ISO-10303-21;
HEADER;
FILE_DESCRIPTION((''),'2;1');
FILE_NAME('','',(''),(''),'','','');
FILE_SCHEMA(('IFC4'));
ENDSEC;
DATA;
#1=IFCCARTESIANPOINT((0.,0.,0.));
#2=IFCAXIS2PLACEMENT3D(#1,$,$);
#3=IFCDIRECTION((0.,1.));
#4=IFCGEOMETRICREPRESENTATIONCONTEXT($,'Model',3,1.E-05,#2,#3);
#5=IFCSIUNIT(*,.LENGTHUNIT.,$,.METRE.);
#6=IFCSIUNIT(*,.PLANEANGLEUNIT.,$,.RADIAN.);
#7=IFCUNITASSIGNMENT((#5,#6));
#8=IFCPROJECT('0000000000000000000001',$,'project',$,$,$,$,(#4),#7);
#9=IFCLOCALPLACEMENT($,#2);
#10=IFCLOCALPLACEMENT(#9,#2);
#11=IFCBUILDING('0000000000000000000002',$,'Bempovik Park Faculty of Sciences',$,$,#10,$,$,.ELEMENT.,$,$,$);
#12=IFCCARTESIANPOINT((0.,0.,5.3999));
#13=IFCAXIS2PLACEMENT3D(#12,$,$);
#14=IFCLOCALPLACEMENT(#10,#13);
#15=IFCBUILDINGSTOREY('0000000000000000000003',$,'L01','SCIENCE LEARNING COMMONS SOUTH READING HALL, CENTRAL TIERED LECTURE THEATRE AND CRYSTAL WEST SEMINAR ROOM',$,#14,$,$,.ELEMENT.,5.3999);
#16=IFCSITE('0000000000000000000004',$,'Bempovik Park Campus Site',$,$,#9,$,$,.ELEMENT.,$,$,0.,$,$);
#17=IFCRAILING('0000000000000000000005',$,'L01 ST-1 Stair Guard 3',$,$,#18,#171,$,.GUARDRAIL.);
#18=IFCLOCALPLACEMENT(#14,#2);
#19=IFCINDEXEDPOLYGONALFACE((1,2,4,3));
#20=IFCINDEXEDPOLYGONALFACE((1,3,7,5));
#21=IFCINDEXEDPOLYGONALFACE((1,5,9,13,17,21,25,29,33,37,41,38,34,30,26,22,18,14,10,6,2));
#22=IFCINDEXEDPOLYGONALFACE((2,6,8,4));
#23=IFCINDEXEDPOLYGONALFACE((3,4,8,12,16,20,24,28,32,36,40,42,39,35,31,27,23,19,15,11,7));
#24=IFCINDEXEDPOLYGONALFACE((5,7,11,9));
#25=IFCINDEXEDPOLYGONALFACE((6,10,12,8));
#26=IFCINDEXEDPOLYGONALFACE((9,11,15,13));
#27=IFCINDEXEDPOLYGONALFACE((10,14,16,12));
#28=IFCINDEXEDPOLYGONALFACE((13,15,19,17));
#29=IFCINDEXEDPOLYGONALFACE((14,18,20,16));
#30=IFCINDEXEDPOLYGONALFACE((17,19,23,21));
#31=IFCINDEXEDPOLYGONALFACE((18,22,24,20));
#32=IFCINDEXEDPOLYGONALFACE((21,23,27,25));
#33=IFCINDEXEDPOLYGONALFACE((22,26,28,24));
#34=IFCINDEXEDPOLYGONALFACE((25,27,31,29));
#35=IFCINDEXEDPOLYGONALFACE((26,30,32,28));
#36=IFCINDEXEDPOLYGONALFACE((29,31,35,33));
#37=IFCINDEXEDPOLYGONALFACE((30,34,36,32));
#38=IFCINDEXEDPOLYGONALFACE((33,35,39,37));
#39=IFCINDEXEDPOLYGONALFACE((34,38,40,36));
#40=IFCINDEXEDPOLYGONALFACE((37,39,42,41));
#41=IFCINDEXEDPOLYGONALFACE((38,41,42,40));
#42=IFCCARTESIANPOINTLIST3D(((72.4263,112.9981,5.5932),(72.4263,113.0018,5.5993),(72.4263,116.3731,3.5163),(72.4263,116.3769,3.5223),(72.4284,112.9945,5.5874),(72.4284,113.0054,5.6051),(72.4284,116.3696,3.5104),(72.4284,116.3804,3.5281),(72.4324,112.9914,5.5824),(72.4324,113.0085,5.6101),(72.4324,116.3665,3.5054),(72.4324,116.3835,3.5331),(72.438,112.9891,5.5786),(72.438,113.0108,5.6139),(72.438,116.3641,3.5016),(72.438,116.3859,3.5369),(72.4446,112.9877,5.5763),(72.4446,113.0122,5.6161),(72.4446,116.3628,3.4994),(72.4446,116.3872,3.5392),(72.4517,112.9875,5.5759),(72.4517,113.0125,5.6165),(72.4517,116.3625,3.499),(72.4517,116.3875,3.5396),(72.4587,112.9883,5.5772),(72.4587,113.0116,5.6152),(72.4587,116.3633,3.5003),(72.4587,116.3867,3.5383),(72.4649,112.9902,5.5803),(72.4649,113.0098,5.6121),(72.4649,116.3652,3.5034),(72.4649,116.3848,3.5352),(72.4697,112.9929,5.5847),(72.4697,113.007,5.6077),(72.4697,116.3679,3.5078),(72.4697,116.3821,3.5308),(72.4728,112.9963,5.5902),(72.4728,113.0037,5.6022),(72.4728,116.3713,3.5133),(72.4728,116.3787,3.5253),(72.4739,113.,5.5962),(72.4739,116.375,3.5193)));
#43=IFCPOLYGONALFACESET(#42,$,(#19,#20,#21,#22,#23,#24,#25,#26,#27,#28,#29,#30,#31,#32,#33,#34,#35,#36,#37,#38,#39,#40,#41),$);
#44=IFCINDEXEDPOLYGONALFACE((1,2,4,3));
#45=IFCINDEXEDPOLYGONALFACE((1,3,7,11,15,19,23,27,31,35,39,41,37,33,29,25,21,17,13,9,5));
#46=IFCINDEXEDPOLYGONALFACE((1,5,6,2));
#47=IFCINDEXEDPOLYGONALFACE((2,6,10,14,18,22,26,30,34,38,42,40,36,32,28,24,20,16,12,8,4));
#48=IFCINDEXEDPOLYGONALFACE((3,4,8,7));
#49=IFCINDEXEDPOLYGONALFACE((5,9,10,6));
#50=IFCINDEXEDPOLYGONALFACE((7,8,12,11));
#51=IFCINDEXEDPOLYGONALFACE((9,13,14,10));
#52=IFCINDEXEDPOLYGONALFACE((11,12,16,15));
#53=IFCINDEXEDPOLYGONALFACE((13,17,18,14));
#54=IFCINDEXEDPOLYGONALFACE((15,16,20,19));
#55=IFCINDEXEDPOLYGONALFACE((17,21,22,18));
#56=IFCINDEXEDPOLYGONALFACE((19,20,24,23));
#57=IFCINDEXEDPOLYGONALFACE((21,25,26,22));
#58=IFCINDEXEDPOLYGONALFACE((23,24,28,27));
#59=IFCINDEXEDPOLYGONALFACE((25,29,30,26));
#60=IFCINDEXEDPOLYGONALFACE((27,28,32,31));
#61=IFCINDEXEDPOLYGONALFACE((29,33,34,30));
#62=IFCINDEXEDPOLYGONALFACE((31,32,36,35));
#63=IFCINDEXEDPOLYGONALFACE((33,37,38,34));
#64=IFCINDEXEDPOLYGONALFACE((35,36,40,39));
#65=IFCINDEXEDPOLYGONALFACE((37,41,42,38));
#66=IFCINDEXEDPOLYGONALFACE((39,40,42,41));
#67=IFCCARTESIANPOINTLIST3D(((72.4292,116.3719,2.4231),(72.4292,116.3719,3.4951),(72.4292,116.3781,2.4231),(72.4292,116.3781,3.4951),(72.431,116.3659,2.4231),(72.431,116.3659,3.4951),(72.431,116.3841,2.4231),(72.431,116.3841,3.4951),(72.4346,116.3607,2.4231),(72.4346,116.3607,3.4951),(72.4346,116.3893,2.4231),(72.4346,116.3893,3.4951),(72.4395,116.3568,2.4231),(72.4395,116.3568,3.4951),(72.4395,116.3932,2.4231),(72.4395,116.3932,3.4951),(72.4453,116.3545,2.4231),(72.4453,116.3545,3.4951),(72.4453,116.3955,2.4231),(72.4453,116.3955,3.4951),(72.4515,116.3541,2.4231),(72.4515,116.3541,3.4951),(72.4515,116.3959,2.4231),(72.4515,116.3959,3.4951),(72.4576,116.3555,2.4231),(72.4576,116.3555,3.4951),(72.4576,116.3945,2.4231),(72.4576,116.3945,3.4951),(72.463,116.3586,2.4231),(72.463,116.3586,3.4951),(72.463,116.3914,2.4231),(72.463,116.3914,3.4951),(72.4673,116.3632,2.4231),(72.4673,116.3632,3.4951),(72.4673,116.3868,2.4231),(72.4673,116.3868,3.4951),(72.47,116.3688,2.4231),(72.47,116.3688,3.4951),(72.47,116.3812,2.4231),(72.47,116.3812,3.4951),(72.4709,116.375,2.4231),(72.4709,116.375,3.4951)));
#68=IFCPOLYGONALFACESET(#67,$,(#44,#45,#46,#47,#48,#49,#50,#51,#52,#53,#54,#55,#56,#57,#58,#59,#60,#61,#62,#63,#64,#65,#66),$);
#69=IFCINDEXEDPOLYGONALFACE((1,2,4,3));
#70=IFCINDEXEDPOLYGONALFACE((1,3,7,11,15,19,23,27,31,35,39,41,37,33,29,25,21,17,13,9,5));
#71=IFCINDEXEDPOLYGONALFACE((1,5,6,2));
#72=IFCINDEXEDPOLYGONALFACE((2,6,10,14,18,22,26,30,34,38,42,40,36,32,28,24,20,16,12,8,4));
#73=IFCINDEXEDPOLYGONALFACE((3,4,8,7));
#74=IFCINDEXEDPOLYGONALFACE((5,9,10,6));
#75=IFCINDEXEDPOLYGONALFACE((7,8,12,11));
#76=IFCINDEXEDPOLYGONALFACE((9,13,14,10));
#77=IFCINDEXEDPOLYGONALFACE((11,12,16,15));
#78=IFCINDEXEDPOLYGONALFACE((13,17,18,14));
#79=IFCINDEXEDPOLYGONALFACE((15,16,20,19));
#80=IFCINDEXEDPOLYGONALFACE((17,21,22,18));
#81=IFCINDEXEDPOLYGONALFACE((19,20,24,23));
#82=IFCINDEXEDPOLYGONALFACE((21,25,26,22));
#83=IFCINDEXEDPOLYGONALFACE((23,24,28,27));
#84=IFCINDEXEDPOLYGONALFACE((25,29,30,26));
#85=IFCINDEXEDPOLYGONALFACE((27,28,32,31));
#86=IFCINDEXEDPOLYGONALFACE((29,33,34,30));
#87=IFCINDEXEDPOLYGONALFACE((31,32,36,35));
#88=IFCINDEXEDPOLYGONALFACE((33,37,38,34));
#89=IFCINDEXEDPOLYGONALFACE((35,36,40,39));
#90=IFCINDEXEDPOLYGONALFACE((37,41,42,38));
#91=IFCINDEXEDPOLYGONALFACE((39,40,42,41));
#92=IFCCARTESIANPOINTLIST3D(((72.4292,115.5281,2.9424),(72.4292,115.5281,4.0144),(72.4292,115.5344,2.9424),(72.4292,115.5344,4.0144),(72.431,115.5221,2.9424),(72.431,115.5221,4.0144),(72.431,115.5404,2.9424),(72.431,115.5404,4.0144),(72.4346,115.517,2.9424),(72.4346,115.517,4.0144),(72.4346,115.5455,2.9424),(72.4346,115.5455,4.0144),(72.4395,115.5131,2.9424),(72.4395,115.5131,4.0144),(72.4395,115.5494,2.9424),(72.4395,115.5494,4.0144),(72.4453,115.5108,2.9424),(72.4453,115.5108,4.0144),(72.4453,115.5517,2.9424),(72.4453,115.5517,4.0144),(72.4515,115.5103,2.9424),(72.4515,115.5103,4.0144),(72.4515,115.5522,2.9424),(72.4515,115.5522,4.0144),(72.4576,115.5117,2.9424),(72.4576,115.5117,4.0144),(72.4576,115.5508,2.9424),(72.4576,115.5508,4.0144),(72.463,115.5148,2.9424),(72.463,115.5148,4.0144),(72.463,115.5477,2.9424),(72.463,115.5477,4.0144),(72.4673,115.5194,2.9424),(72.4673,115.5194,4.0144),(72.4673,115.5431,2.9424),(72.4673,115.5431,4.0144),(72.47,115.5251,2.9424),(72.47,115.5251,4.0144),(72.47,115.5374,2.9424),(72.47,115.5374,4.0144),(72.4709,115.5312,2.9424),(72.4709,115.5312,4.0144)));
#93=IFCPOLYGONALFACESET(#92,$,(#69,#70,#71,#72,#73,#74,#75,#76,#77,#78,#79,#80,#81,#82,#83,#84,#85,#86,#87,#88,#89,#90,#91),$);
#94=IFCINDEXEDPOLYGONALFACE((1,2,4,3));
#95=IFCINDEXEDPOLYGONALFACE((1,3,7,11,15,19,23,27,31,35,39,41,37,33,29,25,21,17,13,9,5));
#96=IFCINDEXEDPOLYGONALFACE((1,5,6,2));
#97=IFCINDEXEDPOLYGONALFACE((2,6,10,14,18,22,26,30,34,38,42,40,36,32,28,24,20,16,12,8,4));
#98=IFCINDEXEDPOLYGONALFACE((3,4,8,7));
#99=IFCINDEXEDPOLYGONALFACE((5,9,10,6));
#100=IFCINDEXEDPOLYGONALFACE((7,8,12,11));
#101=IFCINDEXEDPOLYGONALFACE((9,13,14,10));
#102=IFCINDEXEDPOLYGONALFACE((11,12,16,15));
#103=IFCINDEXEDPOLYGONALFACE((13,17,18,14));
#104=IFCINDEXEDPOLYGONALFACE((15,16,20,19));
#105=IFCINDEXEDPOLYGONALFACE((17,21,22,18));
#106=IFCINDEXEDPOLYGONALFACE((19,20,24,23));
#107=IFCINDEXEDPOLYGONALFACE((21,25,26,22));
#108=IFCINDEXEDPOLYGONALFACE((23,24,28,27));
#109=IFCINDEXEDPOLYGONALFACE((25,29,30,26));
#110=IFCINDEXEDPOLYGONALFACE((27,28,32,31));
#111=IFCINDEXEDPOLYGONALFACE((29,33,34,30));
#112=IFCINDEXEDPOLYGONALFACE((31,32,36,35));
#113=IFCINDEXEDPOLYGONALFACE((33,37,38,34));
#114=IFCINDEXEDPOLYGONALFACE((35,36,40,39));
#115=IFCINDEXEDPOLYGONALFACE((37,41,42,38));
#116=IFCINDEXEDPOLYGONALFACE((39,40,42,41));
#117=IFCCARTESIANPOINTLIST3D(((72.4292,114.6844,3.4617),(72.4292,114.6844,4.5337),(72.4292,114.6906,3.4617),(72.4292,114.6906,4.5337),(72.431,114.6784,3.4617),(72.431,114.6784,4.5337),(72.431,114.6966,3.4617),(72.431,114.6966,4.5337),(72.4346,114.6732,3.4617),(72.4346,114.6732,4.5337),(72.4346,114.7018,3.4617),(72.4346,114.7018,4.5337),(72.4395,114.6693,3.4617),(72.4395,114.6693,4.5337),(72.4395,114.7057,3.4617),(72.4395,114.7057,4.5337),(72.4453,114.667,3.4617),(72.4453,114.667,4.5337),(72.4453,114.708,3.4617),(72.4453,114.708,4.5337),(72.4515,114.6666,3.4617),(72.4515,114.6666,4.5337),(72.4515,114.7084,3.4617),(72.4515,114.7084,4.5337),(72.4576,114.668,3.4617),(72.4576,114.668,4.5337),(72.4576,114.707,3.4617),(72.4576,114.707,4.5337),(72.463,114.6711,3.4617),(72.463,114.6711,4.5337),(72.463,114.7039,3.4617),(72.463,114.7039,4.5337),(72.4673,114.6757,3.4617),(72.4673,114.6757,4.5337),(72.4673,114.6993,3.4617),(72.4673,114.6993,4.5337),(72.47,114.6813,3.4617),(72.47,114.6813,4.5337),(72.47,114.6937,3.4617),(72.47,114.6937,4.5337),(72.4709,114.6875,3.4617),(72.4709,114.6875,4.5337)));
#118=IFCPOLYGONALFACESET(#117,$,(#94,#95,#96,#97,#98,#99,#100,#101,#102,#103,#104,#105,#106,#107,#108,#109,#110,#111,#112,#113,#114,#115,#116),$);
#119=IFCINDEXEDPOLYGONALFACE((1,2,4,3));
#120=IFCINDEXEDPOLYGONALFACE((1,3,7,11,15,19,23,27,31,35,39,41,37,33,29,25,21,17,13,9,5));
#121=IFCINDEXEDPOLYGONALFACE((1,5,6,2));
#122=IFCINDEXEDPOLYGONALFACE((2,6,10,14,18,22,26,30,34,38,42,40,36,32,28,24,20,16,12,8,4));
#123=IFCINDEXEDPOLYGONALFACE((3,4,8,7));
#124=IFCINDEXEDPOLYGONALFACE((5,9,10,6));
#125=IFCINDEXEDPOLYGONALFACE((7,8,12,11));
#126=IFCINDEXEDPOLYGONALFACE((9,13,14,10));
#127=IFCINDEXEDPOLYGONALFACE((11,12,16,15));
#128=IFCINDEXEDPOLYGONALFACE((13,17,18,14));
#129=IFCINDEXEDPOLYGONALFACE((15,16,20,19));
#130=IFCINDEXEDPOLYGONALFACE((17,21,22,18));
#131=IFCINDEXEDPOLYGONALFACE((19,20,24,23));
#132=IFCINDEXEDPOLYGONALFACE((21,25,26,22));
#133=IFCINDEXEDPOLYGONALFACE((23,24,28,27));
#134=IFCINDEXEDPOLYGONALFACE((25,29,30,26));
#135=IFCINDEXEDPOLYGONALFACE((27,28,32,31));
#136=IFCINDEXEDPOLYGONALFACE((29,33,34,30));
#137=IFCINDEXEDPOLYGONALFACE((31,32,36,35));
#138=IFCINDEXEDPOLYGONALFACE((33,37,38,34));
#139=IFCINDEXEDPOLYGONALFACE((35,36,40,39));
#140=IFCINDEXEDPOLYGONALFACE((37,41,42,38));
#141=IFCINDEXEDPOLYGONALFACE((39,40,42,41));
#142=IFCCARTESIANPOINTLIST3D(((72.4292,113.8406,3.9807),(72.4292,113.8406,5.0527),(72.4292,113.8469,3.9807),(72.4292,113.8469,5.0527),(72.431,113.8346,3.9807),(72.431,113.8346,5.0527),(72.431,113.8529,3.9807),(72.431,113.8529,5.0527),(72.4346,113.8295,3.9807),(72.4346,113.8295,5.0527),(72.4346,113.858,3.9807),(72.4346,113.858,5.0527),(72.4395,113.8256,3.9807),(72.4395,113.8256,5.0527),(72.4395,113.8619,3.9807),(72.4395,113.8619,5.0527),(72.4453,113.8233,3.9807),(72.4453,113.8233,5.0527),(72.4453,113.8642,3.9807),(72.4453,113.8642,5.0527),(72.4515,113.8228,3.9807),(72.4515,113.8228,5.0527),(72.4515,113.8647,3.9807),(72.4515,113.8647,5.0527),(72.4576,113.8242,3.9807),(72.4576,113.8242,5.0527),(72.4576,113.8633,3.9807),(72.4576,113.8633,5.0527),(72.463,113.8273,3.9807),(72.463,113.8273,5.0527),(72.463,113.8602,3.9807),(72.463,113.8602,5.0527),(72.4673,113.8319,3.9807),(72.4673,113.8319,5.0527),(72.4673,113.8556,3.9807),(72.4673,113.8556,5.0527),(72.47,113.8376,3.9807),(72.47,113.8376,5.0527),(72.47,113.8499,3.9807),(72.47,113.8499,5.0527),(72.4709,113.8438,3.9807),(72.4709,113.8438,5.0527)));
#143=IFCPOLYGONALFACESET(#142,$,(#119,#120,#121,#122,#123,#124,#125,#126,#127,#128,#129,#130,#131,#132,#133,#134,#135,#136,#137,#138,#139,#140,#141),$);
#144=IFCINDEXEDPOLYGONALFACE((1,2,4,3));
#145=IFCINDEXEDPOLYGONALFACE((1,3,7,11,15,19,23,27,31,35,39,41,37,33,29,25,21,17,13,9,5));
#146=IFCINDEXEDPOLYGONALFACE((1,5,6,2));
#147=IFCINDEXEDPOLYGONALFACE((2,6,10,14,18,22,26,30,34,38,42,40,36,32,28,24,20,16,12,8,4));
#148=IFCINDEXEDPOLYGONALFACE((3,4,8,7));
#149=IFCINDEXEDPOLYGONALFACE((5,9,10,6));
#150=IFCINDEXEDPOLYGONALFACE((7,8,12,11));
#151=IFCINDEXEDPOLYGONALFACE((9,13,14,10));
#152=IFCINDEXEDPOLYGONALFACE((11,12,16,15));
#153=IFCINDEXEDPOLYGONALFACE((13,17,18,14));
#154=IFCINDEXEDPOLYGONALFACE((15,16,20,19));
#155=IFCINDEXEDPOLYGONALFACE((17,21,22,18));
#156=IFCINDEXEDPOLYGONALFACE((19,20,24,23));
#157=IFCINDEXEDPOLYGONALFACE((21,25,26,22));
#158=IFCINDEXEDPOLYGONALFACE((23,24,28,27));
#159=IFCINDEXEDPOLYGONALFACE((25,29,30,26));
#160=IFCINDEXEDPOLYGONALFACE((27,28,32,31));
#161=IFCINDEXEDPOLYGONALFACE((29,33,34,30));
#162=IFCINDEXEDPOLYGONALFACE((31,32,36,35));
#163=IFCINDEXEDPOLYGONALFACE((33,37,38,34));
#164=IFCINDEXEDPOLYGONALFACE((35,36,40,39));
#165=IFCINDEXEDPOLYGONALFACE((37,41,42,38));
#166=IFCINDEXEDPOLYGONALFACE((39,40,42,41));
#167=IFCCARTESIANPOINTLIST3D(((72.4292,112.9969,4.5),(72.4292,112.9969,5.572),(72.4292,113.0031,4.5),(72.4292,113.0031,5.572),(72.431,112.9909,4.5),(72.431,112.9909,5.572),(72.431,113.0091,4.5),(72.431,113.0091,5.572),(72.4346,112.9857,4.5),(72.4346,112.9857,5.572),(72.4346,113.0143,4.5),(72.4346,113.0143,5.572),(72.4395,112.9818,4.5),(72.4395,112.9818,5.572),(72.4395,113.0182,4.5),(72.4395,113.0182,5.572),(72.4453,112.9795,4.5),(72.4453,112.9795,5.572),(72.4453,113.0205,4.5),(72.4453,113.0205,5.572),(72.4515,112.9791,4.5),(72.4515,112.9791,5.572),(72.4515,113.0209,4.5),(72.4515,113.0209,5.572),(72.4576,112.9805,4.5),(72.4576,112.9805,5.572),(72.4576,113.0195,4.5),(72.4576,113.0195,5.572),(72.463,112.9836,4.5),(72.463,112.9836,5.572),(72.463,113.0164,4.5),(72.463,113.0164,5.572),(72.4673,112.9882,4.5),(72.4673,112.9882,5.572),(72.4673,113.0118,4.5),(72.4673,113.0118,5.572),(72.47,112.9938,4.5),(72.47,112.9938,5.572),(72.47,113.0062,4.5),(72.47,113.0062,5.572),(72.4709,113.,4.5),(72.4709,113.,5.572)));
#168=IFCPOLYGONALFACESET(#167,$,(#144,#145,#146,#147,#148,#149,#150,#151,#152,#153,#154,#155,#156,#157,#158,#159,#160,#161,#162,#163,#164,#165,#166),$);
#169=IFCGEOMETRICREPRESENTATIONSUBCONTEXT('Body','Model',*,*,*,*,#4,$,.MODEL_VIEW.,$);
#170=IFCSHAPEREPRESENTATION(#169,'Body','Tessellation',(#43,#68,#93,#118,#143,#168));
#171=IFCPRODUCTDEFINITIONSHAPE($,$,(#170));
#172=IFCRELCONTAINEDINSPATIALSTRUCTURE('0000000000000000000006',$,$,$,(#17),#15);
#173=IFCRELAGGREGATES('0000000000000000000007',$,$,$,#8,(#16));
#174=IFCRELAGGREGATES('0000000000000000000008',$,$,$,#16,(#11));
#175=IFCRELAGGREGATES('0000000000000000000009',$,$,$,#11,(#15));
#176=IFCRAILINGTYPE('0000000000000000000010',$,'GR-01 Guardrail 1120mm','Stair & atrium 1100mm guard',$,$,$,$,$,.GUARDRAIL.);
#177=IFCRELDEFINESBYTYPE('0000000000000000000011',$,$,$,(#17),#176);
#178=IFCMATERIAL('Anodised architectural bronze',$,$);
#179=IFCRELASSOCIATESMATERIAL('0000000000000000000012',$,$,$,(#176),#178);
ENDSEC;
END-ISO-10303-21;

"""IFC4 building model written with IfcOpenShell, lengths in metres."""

from ifc_helpers import new_model, si_unit, direction, frame, origin, origin_2d, place, context, subcontext, project, spatial, circle, extrude, material, type_object, element, save


model = new_model("IFC4")

# Units and contexts
model_context = context("Model", 3, precision=1e-05, world=origin(), true_north=direction((0.0, 1.0)))
body_context = subcontext(model_context, "Body", "Model", "MODEL_VIEW")
ifc_project = project(units=[si_unit("LENGTHUNIT", "METRE"), si_unit("PLANEANGLEUNIT", "RADIAN")], contexts=[model_context])

# Site, building, storey
site_placement = place(None, origin())
site = spatial("IfcSite", under=ifc_project, at=site_placement, Name="Bempovik Park Campus Site", CompositionType="ELEMENT", RefElevation=0.0)
building_placement = place(site_placement, origin())
building = spatial("IfcBuilding", under=site, at=building_placement, Name="Bempovik Park Faculty of Sciences", CompositionType="ELEMENT")
storey_placement = place(building_placement, frame((0.0, 0.0, 5.3999)))
storey = spatial("IfcBuildingStorey", under=building, at=storey_placement, Name="L01", Description="SCIENCE LEARNING COMMONS SOUTH READING HALL, CENTRAL TIERED LECTURE THEATRE AND CRYSTAL WEST SEMINAR ROOM", CompositionType="ELEMENT", Elevation=5.3999)

# Railing
ifc_material_1 = material(Name="Anodised architectural bronze")
railing_type_1 = type_object("IfcRailingType", Name="GR-01 Guardrail 1120mm", Description="Stair & atrium 1100mm guard", PredefinedType="GUARDRAIL", material=ifc_material_1)
railing_1_placement = place(storey_placement, frame((72.45, 116.375, 2.4231)))
element("IfcRailing", 1, at=railing_1_placement, inside=storey, type_object=railing_type_1, Name="L01 ST-1 Stair Guard 3", PredefinedType="GUARDRAIL", context=body_context, shape_type="SweptSolid", body=[
    extrude(circle(Radius=0.0239, at=origin_2d()), frame((0.0, 0.0, 1.0962), z_axis=(0.0, -0.85166, 0.524094), x_axis=(1.0, 0.0, 0.0)), (0.0, 0.0, 1.0), 3.9629),
    extrude(circle(Radius=0.021, at=origin_2d()), origin(), (0.0, 0.0, 1.0), 1.072),
    extrude(circle(Radius=0.021, at=origin_2d()), frame((0.0, -0.8438, 0.5193)), (0.0, 0.0, 1.0), 1.072),
    extrude(circle(Radius=0.021, at=origin_2d()), frame((0.0, -1.6875, 1.0386)), (0.0, 0.0, 1.0), 1.072),
    extrude(circle(Radius=0.021, at=origin_2d()), frame((0.0, -2.5312, 1.5576)), (0.0, 0.0, 1.0), 1.072),
    extrude(circle(Radius=0.021, at=origin_2d()), frame((0.0, -3.375, 2.0769)), (0.0, 0.0, 1.0), 1.072),
])

save(model, "model.ifc")
